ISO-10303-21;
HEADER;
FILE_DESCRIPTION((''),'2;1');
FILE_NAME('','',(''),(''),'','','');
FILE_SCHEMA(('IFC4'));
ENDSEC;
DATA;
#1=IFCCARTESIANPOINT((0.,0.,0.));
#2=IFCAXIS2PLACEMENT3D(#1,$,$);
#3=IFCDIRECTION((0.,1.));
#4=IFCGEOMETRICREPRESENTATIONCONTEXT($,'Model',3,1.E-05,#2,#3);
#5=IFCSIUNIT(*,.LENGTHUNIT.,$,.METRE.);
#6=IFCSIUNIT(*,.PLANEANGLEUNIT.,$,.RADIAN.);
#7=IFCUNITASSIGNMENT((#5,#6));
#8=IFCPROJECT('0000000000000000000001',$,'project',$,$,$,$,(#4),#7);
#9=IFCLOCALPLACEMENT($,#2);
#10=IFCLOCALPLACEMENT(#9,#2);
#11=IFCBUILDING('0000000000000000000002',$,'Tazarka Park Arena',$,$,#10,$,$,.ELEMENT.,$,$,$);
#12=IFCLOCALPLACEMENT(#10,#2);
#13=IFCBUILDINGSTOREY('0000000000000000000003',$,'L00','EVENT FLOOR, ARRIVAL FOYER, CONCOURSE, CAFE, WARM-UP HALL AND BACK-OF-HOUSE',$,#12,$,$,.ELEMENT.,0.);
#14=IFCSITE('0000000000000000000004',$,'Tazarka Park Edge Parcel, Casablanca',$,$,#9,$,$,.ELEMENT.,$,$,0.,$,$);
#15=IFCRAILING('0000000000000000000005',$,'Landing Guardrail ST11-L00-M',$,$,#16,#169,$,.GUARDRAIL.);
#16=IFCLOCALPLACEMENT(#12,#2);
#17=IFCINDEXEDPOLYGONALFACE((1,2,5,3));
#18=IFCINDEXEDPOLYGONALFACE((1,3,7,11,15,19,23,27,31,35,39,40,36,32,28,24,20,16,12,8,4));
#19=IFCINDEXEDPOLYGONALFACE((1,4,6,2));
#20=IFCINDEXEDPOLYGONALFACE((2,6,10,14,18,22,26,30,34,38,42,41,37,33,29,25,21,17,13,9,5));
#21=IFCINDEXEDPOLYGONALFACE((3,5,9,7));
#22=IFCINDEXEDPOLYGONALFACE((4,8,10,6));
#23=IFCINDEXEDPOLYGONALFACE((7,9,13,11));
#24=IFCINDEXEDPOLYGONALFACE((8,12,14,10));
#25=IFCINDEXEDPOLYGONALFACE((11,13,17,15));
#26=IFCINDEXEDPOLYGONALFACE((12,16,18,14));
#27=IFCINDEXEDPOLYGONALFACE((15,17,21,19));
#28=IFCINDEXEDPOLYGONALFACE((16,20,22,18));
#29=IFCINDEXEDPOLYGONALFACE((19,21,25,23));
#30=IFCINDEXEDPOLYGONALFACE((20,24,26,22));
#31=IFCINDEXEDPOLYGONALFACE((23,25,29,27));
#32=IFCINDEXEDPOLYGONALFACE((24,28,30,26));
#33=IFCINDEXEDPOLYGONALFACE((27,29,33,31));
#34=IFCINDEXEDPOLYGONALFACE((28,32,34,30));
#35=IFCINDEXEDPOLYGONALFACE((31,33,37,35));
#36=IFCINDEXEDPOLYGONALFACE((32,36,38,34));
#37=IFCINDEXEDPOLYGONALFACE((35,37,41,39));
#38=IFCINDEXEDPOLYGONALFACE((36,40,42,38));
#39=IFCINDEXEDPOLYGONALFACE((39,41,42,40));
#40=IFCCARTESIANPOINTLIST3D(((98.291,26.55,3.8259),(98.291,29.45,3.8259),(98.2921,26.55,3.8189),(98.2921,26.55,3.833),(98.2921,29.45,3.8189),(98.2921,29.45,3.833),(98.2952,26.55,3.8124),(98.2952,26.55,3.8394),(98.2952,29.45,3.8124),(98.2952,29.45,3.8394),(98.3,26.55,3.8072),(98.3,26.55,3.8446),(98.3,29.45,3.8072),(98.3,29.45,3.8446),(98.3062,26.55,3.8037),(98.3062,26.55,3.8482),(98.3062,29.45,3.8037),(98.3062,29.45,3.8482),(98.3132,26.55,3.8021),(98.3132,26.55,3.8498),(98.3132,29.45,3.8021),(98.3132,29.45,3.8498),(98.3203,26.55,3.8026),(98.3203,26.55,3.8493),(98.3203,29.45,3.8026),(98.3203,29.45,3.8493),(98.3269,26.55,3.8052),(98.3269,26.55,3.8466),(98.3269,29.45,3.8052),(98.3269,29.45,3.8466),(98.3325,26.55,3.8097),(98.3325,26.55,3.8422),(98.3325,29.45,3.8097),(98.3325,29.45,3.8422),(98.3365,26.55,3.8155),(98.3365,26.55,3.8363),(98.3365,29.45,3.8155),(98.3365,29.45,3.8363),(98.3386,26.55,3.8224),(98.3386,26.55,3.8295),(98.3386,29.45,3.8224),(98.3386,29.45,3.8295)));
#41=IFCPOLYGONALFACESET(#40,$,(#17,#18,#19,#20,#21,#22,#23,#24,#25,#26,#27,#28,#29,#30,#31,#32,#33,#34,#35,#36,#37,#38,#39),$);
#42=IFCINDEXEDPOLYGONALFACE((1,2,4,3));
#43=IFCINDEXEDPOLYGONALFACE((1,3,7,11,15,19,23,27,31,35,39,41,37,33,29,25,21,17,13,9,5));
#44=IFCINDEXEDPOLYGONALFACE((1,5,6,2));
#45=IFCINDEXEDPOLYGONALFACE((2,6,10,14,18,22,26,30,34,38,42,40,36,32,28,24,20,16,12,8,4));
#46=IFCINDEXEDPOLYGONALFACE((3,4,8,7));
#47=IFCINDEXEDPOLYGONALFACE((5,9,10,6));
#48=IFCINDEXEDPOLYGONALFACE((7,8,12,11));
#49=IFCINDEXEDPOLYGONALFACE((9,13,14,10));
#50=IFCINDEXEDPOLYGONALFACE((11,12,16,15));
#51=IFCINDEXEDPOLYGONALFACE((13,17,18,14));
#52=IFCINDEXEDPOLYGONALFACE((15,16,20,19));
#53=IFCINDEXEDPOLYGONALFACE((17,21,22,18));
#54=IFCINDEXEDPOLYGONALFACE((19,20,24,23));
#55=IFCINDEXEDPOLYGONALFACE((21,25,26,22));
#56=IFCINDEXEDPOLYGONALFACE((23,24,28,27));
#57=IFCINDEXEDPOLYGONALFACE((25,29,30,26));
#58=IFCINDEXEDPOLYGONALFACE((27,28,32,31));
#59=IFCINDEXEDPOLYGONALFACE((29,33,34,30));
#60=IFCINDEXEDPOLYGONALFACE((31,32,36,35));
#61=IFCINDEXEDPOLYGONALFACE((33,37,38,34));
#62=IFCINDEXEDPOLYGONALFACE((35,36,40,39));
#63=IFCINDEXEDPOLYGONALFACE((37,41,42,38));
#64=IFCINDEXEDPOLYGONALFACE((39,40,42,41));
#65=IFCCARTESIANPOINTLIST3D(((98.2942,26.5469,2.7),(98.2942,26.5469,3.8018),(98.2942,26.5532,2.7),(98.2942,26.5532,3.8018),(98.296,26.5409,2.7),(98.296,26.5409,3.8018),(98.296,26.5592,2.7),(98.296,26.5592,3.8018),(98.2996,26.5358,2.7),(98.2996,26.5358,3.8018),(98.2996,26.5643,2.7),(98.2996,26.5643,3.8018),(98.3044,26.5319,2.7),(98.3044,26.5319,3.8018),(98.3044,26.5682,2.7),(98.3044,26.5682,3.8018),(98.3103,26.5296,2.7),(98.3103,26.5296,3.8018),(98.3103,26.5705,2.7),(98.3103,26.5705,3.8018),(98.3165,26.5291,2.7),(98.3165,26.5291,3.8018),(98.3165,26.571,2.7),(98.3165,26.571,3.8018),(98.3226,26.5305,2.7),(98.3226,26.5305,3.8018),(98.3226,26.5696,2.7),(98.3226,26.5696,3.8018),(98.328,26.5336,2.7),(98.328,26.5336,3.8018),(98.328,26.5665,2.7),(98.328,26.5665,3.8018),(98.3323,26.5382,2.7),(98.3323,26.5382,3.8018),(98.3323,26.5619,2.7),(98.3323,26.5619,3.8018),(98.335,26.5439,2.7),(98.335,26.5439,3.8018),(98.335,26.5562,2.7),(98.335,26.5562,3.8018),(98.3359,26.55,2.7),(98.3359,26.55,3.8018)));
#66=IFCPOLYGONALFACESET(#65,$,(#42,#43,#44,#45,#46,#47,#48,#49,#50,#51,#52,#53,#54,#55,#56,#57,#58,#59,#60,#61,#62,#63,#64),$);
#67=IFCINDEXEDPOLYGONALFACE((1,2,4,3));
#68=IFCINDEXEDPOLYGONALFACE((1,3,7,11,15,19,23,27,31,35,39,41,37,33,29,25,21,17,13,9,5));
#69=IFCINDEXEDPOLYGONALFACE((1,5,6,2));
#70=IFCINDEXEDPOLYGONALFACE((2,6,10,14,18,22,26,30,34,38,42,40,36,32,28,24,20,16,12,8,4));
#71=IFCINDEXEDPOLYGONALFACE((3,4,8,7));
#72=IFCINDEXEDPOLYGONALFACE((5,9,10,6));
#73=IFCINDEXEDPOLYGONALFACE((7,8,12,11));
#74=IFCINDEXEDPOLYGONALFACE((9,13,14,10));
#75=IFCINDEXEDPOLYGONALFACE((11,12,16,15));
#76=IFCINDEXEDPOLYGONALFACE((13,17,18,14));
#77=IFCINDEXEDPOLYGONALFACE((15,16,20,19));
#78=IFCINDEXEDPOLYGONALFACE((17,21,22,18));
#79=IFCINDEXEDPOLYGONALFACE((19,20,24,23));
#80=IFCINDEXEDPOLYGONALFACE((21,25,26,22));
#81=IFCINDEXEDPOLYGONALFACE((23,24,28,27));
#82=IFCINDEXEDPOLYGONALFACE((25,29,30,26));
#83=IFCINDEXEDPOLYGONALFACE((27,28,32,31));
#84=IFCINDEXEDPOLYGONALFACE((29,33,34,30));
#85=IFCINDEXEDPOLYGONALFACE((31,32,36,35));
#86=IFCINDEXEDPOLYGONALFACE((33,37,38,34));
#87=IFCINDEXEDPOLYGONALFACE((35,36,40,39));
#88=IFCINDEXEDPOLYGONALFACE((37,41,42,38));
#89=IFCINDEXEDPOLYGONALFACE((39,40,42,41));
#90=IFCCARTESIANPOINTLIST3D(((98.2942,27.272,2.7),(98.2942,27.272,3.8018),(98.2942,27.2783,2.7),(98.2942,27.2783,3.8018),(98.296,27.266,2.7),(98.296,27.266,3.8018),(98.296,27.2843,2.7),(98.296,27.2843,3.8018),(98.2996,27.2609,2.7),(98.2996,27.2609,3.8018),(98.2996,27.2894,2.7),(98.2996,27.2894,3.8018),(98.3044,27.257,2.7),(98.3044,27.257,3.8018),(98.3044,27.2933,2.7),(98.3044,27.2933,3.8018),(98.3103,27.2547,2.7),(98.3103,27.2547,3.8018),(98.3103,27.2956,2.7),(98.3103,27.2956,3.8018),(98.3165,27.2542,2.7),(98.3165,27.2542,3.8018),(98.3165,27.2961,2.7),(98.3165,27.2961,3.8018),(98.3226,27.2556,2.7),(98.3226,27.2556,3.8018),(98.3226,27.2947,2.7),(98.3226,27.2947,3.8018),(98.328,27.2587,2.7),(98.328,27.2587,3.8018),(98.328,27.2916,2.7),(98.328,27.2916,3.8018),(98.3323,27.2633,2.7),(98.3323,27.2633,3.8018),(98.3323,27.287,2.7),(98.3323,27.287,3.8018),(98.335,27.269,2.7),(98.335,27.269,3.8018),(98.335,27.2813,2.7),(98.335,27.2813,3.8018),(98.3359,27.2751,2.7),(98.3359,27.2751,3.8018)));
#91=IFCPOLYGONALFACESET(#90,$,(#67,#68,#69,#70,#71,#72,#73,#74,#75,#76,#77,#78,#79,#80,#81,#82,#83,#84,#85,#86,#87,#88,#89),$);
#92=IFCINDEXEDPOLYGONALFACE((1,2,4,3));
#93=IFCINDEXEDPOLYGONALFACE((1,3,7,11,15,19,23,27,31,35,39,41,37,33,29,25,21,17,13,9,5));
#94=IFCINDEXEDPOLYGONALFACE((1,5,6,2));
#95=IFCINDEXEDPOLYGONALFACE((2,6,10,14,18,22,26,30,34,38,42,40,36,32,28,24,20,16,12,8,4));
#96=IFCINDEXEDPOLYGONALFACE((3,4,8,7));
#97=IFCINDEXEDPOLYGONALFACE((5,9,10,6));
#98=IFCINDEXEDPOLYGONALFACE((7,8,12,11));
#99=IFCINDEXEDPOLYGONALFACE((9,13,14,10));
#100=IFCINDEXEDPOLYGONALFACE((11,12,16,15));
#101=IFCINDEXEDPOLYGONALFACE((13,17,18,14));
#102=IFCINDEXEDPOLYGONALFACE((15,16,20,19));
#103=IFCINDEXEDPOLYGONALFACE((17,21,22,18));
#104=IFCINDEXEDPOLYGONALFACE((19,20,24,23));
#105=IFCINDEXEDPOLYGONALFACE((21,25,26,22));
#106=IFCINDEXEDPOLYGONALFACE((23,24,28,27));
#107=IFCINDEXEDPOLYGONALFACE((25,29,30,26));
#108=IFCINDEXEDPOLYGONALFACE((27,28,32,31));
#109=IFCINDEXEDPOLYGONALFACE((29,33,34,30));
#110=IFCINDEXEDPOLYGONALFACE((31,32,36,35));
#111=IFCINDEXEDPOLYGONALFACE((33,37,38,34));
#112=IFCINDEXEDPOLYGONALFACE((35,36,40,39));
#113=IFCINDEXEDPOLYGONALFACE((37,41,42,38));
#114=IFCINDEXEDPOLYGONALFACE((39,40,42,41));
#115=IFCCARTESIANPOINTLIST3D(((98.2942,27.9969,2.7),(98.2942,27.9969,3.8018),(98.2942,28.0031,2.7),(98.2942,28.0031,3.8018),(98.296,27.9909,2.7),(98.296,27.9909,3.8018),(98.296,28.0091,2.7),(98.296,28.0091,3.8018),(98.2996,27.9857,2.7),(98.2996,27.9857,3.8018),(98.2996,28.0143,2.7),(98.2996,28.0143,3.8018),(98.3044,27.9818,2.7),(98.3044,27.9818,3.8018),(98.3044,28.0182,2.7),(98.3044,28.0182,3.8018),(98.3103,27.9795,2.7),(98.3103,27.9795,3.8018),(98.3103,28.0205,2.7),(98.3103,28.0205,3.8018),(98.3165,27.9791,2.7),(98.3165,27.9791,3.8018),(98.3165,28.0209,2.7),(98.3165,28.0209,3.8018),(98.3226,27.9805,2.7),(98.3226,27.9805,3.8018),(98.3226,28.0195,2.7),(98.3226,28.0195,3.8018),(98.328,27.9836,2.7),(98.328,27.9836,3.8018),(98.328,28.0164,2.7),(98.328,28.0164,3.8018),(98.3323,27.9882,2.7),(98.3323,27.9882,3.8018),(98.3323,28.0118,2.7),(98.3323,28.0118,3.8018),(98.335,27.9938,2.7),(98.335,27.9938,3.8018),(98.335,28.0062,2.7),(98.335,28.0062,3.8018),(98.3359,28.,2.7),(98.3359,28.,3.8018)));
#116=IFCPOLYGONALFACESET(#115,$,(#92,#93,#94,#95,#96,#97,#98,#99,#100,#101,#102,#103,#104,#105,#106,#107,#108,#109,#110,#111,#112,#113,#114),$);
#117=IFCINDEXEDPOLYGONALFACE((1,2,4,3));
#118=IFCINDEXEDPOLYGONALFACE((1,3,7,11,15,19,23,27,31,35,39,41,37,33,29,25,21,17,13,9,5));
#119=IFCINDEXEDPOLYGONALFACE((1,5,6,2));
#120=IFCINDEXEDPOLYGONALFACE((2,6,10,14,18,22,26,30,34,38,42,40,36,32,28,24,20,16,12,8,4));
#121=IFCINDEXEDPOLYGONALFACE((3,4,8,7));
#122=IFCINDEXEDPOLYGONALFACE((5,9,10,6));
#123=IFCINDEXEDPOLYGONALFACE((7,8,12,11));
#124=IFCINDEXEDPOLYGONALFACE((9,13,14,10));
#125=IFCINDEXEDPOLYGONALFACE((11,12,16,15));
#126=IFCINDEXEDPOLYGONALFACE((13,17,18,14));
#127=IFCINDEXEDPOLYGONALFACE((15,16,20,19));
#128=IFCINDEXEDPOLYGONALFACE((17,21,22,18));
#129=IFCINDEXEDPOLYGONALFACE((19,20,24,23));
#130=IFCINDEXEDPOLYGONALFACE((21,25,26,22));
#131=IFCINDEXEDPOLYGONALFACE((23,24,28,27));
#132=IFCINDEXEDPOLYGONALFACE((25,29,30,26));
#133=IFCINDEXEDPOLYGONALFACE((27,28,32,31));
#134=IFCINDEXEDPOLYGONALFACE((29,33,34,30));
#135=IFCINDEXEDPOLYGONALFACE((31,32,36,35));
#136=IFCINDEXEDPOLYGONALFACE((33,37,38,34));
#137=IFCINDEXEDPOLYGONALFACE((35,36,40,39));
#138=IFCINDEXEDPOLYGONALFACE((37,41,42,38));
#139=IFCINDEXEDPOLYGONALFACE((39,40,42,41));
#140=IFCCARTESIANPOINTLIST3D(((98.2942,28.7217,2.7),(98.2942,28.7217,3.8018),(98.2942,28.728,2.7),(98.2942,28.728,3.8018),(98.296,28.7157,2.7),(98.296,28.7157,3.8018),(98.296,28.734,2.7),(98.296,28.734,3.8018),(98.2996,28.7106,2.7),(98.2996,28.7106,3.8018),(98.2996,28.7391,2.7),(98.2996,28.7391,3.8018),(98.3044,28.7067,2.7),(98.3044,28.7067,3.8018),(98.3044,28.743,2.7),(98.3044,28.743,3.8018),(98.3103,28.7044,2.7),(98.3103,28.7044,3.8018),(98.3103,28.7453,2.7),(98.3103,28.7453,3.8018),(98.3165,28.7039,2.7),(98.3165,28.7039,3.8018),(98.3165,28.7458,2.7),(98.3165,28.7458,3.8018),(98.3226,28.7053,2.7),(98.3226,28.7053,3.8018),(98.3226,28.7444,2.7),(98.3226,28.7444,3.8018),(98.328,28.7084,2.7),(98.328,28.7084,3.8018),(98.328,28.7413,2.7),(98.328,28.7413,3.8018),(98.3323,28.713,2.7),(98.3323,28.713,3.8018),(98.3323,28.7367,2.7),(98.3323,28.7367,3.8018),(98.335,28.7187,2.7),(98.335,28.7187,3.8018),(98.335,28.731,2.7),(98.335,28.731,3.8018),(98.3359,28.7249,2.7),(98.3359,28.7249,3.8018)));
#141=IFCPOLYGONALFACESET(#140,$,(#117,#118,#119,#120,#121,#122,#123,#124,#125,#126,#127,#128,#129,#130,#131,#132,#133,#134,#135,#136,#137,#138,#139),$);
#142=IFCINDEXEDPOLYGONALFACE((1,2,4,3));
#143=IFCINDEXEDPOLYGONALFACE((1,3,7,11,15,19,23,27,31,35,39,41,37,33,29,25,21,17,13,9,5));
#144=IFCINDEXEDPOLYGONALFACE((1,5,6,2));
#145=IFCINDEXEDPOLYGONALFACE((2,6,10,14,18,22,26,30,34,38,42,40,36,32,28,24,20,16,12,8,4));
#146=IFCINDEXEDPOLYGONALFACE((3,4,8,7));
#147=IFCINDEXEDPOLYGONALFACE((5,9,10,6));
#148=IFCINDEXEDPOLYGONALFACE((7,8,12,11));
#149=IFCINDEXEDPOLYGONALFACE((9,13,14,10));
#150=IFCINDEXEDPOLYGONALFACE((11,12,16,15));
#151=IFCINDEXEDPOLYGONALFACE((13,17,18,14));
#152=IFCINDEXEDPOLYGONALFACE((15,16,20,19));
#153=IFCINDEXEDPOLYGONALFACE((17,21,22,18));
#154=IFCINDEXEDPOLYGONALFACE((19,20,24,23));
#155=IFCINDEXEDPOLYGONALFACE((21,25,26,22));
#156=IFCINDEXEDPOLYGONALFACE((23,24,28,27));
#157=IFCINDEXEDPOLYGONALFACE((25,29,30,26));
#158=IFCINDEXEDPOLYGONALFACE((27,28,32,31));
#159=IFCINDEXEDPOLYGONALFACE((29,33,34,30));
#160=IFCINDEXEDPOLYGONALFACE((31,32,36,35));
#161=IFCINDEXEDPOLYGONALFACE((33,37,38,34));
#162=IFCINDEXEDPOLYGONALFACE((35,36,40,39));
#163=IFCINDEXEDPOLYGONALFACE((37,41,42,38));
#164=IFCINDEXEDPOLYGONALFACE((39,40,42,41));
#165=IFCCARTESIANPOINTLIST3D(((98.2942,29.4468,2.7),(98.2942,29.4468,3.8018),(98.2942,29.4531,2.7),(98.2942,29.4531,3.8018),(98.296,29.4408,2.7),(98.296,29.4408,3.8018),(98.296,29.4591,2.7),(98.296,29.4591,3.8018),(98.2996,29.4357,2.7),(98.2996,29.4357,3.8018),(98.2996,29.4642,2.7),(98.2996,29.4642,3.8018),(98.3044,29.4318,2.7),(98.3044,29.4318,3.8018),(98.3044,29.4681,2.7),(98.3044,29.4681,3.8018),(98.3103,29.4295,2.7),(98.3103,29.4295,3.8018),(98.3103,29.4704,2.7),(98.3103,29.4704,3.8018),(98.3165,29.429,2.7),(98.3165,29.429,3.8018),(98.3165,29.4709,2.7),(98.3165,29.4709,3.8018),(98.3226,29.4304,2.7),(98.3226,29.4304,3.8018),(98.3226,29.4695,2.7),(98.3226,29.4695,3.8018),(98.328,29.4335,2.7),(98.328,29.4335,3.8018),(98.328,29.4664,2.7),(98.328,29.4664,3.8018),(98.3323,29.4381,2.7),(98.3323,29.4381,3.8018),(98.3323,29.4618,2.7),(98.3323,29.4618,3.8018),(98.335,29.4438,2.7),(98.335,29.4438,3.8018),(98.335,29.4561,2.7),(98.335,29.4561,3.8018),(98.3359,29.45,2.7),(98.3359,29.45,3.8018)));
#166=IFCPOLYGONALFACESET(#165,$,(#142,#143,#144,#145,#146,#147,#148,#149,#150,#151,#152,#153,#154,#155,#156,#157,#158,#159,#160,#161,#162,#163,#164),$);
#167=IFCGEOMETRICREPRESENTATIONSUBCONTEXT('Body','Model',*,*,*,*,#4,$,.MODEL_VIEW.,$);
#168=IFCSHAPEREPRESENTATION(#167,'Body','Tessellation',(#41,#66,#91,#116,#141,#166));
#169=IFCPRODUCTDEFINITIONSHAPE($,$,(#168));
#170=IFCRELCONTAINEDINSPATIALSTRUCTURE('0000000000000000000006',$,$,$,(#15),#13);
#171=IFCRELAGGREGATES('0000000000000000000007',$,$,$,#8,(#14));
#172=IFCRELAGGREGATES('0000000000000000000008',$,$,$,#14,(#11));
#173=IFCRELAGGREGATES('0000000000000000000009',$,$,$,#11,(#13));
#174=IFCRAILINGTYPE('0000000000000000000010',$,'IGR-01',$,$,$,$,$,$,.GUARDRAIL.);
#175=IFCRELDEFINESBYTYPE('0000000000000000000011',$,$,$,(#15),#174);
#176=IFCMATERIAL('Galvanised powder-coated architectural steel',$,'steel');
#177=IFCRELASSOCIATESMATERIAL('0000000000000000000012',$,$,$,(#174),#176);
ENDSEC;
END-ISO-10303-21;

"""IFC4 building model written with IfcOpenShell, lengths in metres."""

from ifc_helpers import new_model, si_unit, direction, frame, origin, origin_2d, place, context, subcontext, project, spatial, circle, extrude, material, type_object, element, save


model = new_model("IFC4")

# Units and contexts
model_context = context("Model", 3, precision=1e-05, world=origin(), true_north=direction((0.0, 1.0)))
body_context = subcontext(model_context, "Body", "Model", "MODEL_VIEW")
ifc_project = project(units=[si_unit("LENGTHUNIT", "METRE"), si_unit("PLANEANGLEUNIT", "RADIAN")], contexts=[model_context])

# Site, building, storey
site_placement = place(None, origin())
site = spatial("IfcSite", under=ifc_project, at=site_placement, Name="Tazarka Park Edge Parcel, Casablanca", CompositionType="ELEMENT", RefElevation=0.0)
building_placement = place(site_placement, origin())
building = spatial("IfcBuilding", under=site, at=building_placement, Name="Tazarka Park Arena", CompositionType="ELEMENT")
storey_placement = place(building_placement, origin())
storey = spatial("IfcBuildingStorey", under=building, at=storey_placement, Name="L00", Description="EVENT FLOOR, ARRIVAL FOYER, CONCOURSE, CAFE, WARM-UP HALL AND BACK-OF-HOUSE", CompositionType="ELEMENT", Elevation=0.0)

# Railing
ifc_material_1 = material(Name="Galvanised powder-coated architectural steel", Category="steel")
railing_type_1 = type_object("IfcRailingType", Name="IGR-01", PredefinedType="GUARDRAIL", material=ifc_material_1)
for number, where, name in (
    (1, (98.3149, 26.55, 2.7), "Landing Guardrail ST11-L00-M"),
):
    element("IfcRailing", number, at=place(storey_placement, frame(where)), inside=storey, type_object=railing_type_1, Name=name, PredefinedType="GUARDRAIL", context=body_context, shape_type="SweptSolid", body=[
        extrude(circle(Radius=0.0239, at=origin_2d()), frame((0.0, 0.0, 1.126), z_axis=(0.0, 1.0, 0.0), x_axis=(-1.0, 0.0, 0.0)), (0.0, 0.0, 1.0), 2.8999),
        extrude(circle(Radius=0.021, at=origin_2d()), origin(), (0.0, 0.0, 1.0), 1.1018),
        extrude(circle(Radius=0.021, at=origin_2d()), frame((0.0, 0.7251, 0.0)), (0.0, 0.0, 1.0), 1.1018),
        extrude(circle(Radius=0.021, at=origin_2d()), frame((0.0, 1.45, 0.0)), (0.0, 0.0, 1.0), 1.1018),
        extrude(circle(Radius=0.021, at=origin_2d()), frame((0.0, 2.1748, 0.0)), (0.0, 0.0, 1.0), 1.1018),
        extrude(circle(Radius=0.021, at=origin_2d()), frame((0.0, 2.8999, 0.0)), (0.0, 0.0, 1.0), 1.1018),
    ])

save(model, "model.ifc")
